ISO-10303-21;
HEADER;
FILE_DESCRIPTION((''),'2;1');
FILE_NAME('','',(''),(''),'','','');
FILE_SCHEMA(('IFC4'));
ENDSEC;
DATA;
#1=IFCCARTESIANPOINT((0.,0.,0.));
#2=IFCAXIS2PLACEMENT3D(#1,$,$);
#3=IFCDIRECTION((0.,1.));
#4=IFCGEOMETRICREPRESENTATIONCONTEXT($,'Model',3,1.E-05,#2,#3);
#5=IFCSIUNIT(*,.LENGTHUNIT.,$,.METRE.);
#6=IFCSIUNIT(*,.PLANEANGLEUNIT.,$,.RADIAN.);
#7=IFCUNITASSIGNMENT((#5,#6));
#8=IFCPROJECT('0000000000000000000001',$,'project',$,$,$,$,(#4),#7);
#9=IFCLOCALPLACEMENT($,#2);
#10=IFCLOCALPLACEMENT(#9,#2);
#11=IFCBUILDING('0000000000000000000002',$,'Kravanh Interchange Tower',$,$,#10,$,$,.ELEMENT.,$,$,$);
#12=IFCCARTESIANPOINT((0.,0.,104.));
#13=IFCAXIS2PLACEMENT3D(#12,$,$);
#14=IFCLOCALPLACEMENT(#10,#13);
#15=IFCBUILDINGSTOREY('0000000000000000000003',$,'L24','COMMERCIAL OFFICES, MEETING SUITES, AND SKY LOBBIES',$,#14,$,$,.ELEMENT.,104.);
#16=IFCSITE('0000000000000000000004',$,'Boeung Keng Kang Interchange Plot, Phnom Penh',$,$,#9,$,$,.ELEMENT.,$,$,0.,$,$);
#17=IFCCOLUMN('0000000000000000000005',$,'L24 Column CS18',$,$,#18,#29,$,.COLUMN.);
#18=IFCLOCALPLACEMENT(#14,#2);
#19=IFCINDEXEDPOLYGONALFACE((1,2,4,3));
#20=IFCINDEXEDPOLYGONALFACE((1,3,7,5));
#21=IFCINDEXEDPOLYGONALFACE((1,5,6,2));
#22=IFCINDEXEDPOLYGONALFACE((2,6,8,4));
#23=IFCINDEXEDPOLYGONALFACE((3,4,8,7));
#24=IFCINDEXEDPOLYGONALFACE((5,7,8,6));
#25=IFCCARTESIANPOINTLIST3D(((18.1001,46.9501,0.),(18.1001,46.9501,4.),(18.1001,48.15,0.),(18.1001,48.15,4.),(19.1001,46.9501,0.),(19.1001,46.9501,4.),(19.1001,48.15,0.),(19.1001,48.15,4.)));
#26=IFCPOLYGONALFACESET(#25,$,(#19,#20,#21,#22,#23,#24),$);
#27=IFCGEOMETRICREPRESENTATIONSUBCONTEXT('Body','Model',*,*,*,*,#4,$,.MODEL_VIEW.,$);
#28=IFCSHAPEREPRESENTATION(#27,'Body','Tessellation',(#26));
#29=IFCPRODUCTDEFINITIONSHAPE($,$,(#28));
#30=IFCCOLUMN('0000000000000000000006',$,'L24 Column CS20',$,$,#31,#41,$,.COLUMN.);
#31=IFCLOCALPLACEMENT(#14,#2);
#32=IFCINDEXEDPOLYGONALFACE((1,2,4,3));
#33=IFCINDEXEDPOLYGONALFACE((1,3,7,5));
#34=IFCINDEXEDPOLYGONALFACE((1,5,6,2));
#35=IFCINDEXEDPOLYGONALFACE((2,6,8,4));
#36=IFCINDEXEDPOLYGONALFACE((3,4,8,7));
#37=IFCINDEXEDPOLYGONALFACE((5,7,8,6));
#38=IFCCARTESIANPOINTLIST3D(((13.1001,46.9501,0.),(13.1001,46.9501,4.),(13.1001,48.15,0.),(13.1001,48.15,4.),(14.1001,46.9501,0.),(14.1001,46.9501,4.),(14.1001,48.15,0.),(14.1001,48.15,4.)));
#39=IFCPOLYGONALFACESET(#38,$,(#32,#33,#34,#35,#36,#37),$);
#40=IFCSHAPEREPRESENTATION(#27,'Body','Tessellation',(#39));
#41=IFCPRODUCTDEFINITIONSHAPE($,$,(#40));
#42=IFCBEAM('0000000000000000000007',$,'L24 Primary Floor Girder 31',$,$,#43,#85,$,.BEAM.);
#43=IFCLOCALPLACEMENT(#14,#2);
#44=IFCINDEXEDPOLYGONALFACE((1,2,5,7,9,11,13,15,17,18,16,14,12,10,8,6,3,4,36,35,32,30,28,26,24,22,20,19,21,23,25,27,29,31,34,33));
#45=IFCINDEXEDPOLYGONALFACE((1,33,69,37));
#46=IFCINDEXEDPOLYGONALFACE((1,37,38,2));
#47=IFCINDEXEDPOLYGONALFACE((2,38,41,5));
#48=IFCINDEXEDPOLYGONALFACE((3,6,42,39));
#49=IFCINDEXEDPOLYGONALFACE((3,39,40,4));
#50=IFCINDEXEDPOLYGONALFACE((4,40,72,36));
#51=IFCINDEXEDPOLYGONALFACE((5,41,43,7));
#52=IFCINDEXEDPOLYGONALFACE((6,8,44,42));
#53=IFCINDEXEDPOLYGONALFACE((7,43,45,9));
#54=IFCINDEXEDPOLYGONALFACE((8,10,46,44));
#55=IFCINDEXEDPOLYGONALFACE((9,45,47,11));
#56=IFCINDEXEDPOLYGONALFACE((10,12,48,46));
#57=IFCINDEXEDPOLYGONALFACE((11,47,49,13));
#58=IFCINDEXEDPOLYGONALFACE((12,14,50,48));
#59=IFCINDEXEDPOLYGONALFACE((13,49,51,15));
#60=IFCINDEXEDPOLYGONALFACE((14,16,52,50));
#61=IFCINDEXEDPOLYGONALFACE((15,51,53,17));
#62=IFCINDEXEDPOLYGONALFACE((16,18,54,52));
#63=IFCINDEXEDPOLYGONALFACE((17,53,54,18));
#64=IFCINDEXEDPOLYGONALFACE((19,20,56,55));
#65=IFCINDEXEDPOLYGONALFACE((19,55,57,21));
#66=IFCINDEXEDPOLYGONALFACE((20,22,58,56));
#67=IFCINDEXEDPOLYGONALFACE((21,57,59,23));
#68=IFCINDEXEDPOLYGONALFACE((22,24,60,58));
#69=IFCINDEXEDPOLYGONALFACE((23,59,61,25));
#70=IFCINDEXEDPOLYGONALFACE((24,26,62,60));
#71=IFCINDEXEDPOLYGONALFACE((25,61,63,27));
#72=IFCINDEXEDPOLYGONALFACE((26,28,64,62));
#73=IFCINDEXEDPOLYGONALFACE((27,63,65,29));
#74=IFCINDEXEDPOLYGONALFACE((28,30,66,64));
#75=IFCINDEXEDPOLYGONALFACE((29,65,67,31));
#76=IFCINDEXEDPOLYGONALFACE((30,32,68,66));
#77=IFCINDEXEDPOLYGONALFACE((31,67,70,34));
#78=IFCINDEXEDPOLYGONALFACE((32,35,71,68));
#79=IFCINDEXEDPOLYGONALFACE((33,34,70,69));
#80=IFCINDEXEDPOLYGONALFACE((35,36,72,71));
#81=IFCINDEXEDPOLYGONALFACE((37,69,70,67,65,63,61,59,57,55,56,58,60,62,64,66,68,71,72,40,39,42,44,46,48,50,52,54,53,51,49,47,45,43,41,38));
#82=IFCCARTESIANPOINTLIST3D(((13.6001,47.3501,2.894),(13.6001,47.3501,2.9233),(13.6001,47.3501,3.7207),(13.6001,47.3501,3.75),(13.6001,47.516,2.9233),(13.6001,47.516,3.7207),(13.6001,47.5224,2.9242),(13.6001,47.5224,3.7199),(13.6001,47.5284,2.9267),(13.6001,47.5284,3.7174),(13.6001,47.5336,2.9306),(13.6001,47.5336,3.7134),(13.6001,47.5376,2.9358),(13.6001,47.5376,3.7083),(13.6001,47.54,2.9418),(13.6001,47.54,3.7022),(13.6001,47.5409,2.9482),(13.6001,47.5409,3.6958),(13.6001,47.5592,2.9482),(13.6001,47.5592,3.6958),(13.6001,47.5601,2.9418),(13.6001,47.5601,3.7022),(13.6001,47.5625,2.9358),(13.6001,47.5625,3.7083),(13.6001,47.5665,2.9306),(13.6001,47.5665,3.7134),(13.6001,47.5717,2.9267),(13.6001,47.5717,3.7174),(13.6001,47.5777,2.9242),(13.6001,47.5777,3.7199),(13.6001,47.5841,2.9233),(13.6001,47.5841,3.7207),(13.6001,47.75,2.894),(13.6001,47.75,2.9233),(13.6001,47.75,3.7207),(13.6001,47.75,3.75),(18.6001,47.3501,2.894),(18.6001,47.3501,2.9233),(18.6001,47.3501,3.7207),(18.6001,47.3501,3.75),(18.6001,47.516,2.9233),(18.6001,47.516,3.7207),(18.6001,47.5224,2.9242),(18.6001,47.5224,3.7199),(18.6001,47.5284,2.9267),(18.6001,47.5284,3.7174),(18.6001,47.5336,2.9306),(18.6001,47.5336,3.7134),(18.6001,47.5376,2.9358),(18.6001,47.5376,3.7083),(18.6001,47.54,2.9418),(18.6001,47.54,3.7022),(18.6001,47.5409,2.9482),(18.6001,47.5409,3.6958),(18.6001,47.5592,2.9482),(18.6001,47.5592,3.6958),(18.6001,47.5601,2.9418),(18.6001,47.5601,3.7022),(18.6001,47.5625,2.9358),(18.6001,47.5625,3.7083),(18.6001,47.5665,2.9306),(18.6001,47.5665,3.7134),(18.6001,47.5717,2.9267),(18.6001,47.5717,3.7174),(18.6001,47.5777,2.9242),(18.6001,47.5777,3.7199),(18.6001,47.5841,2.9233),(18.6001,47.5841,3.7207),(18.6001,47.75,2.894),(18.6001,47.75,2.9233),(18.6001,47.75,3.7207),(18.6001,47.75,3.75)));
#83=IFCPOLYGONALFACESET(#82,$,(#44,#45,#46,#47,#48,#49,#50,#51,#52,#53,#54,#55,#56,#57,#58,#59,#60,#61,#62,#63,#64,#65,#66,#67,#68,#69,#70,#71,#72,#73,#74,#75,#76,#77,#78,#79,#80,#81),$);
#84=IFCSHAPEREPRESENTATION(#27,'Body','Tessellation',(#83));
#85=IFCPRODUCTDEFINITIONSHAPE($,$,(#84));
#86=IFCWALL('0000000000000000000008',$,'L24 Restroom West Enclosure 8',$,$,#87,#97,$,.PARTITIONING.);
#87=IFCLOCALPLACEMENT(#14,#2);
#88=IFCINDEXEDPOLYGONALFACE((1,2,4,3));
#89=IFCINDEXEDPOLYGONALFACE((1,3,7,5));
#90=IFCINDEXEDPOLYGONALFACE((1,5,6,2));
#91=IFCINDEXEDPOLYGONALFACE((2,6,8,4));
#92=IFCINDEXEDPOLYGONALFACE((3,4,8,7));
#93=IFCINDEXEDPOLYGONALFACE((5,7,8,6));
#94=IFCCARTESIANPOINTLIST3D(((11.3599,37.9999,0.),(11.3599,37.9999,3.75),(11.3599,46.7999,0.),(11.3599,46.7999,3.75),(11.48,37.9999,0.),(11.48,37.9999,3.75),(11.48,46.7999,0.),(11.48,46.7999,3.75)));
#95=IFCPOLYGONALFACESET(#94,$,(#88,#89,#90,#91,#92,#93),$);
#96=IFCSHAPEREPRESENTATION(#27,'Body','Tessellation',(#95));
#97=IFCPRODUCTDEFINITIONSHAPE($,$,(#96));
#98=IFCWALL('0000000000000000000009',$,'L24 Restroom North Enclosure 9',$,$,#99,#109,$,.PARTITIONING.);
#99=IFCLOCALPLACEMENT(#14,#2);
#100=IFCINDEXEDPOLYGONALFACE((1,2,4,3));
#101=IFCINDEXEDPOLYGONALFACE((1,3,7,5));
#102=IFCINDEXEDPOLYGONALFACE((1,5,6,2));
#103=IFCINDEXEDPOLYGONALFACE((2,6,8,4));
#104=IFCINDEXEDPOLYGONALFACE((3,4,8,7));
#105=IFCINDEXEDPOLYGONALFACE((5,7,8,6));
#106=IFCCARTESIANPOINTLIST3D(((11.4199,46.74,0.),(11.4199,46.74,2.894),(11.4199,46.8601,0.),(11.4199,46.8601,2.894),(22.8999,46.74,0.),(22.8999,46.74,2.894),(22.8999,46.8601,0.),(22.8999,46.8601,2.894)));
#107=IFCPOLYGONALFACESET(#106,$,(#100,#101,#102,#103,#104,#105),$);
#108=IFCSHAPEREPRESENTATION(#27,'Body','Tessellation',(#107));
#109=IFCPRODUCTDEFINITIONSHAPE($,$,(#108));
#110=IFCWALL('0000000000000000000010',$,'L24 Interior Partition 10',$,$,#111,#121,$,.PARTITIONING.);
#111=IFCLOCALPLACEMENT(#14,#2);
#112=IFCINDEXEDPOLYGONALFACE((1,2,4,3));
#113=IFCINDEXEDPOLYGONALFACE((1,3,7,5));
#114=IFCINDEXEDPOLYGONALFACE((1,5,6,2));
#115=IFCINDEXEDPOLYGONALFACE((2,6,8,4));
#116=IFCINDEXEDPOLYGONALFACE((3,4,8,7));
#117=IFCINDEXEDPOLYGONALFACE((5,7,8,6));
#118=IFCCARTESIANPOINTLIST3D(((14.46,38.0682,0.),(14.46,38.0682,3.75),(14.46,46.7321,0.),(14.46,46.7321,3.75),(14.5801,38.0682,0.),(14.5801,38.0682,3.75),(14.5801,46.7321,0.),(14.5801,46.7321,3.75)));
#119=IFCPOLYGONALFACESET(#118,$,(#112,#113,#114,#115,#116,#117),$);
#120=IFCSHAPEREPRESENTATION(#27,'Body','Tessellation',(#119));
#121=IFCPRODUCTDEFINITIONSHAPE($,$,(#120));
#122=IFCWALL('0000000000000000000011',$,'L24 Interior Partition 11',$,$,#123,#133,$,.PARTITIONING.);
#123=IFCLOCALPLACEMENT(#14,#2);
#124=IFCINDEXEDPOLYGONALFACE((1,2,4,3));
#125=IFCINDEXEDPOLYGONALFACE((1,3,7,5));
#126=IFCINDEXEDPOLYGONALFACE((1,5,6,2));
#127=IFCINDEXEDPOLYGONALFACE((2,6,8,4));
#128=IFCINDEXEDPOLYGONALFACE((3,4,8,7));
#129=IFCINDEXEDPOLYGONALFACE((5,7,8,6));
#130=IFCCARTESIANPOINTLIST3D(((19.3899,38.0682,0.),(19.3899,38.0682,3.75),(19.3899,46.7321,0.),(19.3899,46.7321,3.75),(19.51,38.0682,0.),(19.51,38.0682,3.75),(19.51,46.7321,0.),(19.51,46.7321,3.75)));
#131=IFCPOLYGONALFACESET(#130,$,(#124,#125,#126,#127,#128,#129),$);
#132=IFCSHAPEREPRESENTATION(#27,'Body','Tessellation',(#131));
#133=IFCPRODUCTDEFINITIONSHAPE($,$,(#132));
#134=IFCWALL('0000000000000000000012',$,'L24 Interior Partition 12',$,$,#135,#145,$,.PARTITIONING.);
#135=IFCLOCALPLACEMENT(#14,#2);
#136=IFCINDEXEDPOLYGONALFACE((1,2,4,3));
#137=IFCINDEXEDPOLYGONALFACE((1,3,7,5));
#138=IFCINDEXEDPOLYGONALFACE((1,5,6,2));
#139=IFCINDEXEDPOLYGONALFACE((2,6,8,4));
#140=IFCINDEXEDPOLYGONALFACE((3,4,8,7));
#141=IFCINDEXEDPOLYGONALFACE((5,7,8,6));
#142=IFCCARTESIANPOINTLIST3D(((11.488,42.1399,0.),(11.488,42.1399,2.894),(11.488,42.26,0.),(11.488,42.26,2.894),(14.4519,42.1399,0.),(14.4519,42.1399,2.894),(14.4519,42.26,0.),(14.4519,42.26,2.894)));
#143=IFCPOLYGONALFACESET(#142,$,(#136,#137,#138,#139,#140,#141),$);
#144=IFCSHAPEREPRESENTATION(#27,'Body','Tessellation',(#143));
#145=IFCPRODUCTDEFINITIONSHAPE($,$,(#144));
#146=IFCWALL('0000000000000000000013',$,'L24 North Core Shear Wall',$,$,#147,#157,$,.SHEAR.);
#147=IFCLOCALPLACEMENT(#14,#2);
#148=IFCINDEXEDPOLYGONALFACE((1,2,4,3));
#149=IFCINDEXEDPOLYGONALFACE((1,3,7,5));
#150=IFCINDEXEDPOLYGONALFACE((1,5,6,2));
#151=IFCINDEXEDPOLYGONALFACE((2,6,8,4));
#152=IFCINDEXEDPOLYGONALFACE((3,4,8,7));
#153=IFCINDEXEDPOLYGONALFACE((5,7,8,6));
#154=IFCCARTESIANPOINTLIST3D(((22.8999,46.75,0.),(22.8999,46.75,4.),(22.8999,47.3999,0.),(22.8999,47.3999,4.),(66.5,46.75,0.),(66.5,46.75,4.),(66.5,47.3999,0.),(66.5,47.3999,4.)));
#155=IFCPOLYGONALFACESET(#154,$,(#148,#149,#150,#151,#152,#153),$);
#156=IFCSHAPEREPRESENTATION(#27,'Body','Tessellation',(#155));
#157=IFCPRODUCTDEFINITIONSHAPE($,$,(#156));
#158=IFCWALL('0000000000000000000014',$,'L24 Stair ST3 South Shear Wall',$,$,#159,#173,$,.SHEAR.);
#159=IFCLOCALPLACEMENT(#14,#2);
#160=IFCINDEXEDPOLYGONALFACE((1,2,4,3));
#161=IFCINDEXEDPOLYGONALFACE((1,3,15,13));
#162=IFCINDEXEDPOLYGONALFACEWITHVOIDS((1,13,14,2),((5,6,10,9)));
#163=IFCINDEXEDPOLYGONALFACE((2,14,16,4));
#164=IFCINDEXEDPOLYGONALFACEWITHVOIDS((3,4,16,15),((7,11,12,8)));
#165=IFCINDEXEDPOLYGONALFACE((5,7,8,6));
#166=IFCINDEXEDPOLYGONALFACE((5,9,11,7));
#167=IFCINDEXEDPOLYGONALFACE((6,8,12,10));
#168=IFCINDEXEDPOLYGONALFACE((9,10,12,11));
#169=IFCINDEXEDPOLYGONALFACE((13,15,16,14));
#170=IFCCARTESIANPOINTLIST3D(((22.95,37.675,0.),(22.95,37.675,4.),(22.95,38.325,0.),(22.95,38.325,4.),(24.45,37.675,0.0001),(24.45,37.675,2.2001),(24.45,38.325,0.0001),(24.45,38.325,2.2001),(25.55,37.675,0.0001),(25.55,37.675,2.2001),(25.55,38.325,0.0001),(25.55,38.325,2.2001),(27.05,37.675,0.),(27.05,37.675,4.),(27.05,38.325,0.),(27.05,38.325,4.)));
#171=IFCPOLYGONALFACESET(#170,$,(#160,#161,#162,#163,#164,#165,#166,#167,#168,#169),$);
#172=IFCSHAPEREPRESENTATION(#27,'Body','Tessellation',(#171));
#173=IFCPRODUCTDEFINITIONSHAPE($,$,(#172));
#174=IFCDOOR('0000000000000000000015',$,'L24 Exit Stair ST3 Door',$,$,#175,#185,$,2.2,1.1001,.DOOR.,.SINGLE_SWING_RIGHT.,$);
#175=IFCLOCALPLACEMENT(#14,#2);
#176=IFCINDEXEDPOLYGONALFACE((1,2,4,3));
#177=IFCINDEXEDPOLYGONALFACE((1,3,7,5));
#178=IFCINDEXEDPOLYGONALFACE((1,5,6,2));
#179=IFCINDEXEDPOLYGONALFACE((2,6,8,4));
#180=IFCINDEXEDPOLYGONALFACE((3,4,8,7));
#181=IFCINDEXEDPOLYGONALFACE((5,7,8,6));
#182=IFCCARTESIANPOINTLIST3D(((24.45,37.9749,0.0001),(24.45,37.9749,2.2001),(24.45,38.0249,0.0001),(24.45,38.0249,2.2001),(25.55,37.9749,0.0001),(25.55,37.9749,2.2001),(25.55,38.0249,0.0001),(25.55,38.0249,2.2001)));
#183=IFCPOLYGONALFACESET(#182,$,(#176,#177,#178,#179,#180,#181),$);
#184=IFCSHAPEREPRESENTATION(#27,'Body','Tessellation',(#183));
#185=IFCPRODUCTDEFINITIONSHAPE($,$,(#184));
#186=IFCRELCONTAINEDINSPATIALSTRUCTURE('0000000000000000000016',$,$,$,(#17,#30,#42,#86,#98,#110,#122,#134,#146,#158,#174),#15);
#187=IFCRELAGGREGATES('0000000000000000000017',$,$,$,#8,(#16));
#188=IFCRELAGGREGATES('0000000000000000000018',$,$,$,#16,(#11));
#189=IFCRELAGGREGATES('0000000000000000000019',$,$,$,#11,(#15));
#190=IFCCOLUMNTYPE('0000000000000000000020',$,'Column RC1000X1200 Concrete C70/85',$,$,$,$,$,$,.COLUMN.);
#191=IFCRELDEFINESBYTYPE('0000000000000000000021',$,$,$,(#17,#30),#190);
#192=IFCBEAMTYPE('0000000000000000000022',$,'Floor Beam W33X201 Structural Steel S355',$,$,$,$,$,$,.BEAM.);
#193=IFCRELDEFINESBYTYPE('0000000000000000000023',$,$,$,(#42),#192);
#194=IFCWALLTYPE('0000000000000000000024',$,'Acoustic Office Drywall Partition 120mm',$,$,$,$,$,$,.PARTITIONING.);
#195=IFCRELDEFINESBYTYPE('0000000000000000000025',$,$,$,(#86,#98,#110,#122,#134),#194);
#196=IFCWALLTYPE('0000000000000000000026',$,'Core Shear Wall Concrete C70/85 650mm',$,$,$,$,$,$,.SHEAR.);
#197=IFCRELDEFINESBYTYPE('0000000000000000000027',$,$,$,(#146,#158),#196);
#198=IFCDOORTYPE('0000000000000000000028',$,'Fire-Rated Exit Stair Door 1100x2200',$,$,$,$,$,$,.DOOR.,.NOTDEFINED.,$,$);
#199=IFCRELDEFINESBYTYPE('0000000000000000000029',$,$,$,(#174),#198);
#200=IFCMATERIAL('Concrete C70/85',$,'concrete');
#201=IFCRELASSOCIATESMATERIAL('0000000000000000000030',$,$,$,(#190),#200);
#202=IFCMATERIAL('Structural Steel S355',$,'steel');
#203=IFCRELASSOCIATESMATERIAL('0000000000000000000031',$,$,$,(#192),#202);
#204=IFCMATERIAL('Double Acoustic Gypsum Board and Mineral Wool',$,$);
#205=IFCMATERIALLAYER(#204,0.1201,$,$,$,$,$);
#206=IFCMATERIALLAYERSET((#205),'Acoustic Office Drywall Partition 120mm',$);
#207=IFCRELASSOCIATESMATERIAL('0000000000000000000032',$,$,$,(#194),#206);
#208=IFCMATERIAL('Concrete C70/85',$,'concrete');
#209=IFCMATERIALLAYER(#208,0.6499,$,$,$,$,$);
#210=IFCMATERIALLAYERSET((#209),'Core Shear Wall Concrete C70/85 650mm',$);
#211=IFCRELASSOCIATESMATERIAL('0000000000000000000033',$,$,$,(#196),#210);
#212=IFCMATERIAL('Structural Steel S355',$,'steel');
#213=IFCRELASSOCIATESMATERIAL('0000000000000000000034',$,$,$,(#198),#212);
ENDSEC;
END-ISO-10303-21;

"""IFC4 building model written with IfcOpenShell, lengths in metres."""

from ifc_helpers import new_model, si_unit, direction, frame, frame_2d, origin, origin_2d, place, context, subcontext, project, spatial, rectangle, i_section, extrude, material, layer, layer_set, material_profile, profile_set, type_object, element, fill, save


model = new_model("IFC4")

# Units and contexts
model_context = context("Model", 3, precision=1e-05, world=origin(), true_north=direction((0.0, 1.0)))
body_context = subcontext(model_context, "Body", "Model", "MODEL_VIEW")
ifc_project = project(units=[si_unit("LENGTHUNIT", "METRE"), si_unit("PLANEANGLEUNIT", "RADIAN")], contexts=[model_context])

# Site, building, storey
site_placement = place(None, origin())
site = spatial("IfcSite", under=ifc_project, at=site_placement, Name="Boeung Keng Kang Interchange Plot, Phnom Penh", CompositionType="ELEMENT", RefElevation=0.0)
building_placement = place(site_placement, origin())
building = spatial("IfcBuilding", under=site, at=building_placement, Name="Kravanh Interchange Tower", CompositionType="ELEMENT")
storey_placement = place(building_placement, frame((0.0, 0.0, 104.0)))
storey = spatial("IfcBuildingStorey", under=building, at=storey_placement, Name="L24", Description="COMMERCIAL OFFICES, MEETING SUITES, AND SKY LOBBIES", CompositionType="ELEMENT", Elevation=104.0)

# Columns
ifc_material_1 = material(Name="Concrete C70/85", Category="concrete")
ifc_material_profile_1 = material_profile(ifc_material_1, rectangle(XDim=1.0, YDim=1.2, at=origin_2d()), Name="RC1000X1200")
ifc_profile_set_1 = profile_set([ifc_material_profile_1], Name="Concrete C70/85")
column_type = type_object("IfcColumnType", Name="Column RC1000X1200 Concrete C70/85", PredefinedType="COLUMN", material=ifc_profile_set_1)
for number, where, z_axis, x_axis, name in (
    (1, (18.6001, 47.55, 0.0), (0.0, 0.0, 1.0), (1.0, 0.0, 0.0), "L24 Column CS18"),
    (2, (13.6001, 47.55, 0.0), (0.0, 0.0, 1.0), (1.0, 0.0, 0.0), "L24 Column CS20"),
):
    element("IfcColumn", number, at=place(storey_placement, frame(where, z_axis=z_axis, x_axis=x_axis)), inside=storey, type_object=column_type, Name=name, PredefinedType="COLUMN", context=body_context, shape_type="SweptSolid", body=[
        extrude(rectangle(XDim=1.0, YDim=1.2, at=origin_2d()), origin(), (0.0, 0.0, 1.0), 4.0),
    ])

# Beam
ifc_material_2 = material(Name="Structural Steel S355", Category="steel")
ifc_material_profile_2 = material_profile(ifc_material_2, i_section(OverallWidth=0.3999, OverallDepth=0.856, WebThickness=0.0183, FlangeThickness=0.0293, FilletRadius=0.0249, at=origin_2d()), Name="W33X201")
ifc_profile_set_2 = profile_set([ifc_material_profile_2], Name="Structural Steel S355")
beam_type = type_object("IfcBeamType", Name="Floor Beam W33X201 Structural Steel S355", PredefinedType="BEAM", material=ifc_profile_set_2)
beam_placement = place(storey_placement, frame((18.6001, 47.55, 3.322), z_axis=(-1.0, 0.0, 0.0), x_axis=(0.0, -1.0, 0.0)))
element("IfcBeam", 3, at=beam_placement, inside=storey, type_object=beam_type, Name="L24 Primary Floor Girder 31", PredefinedType="BEAM", context=body_context, shape_type="SweptSolid", body=[
    extrude(i_section(OverallWidth=0.3999, OverallDepth=0.856, WebThickness=0.0183, FlangeThickness=0.0293, FilletRadius=0.0249, at=origin_2d()), origin(), (0.0, 0.0, 1.0), 5.0),
])

# Walls
ifc_material_3 = material(Name="Double Acoustic Gypsum Board and Mineral Wool")
ifc_layer_1 = layer(ifc_material_3, 0.1201)
ifc_layer_set_1 = layer_set([ifc_layer_1], Name="Acoustic Office Drywall Partition 120mm")
wall_type_1 = type_object("IfcWallType", Name="Acoustic Office Drywall Partition 120mm", PredefinedType="PARTITIONING", material=ifc_layer_set_1)
wall_1_placement = place(storey_placement, frame((11.4199, 38.0, 0.0), z_axis=(0.0, 0.0, 1.0), x_axis=(0.0, 1.0, 0.0)))
element("IfcWall", 4, at=wall_1_placement, inside=storey, type_object=wall_type_1, Name="L24 Restroom West Enclosure 8", PredefinedType="PARTITIONING", context=body_context, shape_type="SweptSolid", body=[
    extrude(rectangle(XDim=8.8, YDim=0.1201, at=frame_2d((4.3999, 0.0))), origin(), (0.0, 0.0, 1.0), 3.75),
])
wall_2_placement = place(storey_placement, frame((11.4199, 46.8, 0.0), z_axis=(0.0, 0.0, 1.0), x_axis=(1.0, 0.0, 0.0)))
element("IfcWall", 5, at=wall_2_placement, inside=storey, type_object=wall_type_1, Name="L24 Restroom North Enclosure 9", PredefinedType="PARTITIONING", context=body_context, shape_type="SweptSolid", body=[
    extrude(rectangle(XDim=11.48, YDim=0.1201, at=frame_2d((5.74, 0.0))), origin(), (0.0, 0.0, 1.0), 2.894),
])
for number, where, z_axis, x_axis, name in (
    (6, (14.52, 38.0681, 0.0), (0.0, 0.0, 1.0), (0.0, 1.0, 0.0), "L24 Interior Partition 10"),
    (7, (19.45, 38.0681, 0.0), (0.0, 0.0, 1.0), (0.0, 1.0, 0.0), "L24 Interior Partition 11"),
):
    element("IfcWall", number, at=place(storey_placement, frame(where, z_axis=z_axis, x_axis=x_axis)), inside=storey, type_object=wall_type_1, Name=name, PredefinedType="PARTITIONING", context=body_context, shape_type="SweptSolid", body=[
        extrude(rectangle(XDim=8.6638, YDim=0.1201, at=frame_2d((4.332, 0.0))), origin(), (0.0, 0.0, 1.0), 3.75),
    ])
wall_3_placement = place(storey_placement, frame((11.488, 42.2, 0.0), z_axis=(0.0, 0.0, 1.0), x_axis=(1.0, 0.0, 0.0)))
element("IfcWall", 8, at=wall_3_placement, inside=storey, type_object=wall_type_1, Name="L24 Interior Partition 12", PredefinedType="PARTITIONING", context=body_context, shape_type="SweptSolid", body=[
    extrude(rectangle(XDim=2.9639, YDim=0.1201, at=frame_2d((1.4819, 0.0))), origin(), (0.0, 0.0, 1.0), 2.894),
])
ifc_material_4 = material(Name="Concrete C70/85", Category="concrete")
ifc_layer_2 = layer(ifc_material_4, 0.6499)
ifc_layer_set_2 = layer_set([ifc_layer_2], Name="Core Shear Wall Concrete C70/85 650mm")
wall_type_2 = type_object("IfcWallType", Name="Core Shear Wall Concrete C70/85 650mm", PredefinedType="SHEAR", material=ifc_layer_set_2)
wall_4_placement = place(storey_placement, frame((22.8999, 47.075, 0.0), z_axis=(0.0, 0.0, 1.0), x_axis=(1.0, 0.0, 0.0)))
element("IfcWall", 9, at=wall_4_placement, inside=storey, type_object=wall_type_2, Name="L24 North Core Shear Wall", PredefinedType="SHEAR", context=body_context, shape_type="SweptSolid", body=[
    extrude(rectangle(XDim=43.6001, YDim=0.6499, at=frame_2d((21.8, 0.0))), origin(), (0.0, 0.0, 1.0), 4.0),
])

# Wall, opening, door
wall_5_placement = place(storey_placement, frame((22.95, 38.0, 0.0), z_axis=(0.0, 0.0, 1.0), x_axis=(1.0, 0.0, 0.0)))
wall_5 = element("IfcWall", 10, at=wall_5_placement, inside=storey, type_object=wall_type_2, Name="L24 Stair ST3 South Shear Wall", PredefinedType="SHEAR", context=body_context, shape_type="SweptSolid", body=[
    extrude(rectangle(XDim=4.1001, YDim=0.6499, at=frame_2d((2.05, 0.0))), origin(), (0.0, 0.0, 1.0), 4.0),
])
opening_1_placement = place(wall_5_placement, frame((1.5, 0.0, 0.0)))
opening_1 = element("IfcOpeningElement", 11, at=opening_1_placement, cuts=wall_5, PredefinedType="OPENING", context=body_context, shape_type="SweptSolid", body=[
    extrude(rectangle(XDim=1.1001, YDim=2.2, at=frame_2d((0.55, 1.1001))), frame((0.0, 0.335, 0.0), z_axis=(0.0, -1.0, 0.0), x_axis=(1.0, 0.0, 0.0)), (0.0, 0.0, 1.0), 0.6699),
])
ifc_material_5 = material(Name="Structural Steel S355", Category="steel")
door_type = type_object("IfcDoorType", Name="Fire-Rated Exit Stair Door 1100x2200", OperationType="NOTDEFINED", PredefinedType="DOOR", material=ifc_material_5)
door_placement = place(opening_1_placement, origin())
door = element("IfcDoor", 12, at=door_placement, inside=storey, type_object=door_type, Name="L24 Exit Stair ST3 Door", OperationType="SINGLE_SWING_RIGHT", OverallHeight=2.2, OverallWidth=1.1001, PredefinedType="DOOR", context=body_context, shape_type="SweptSolid", body=[
    extrude(rectangle(XDim=1.1001, YDim=2.2, at=frame_2d((0.55, 1.1001))), frame((0.0, 0.0249, 0.0), z_axis=(0.0, -1.0, 0.0), x_axis=(1.0, 0.0, 0.0)), (0.0, 0.0, 1.0), 0.05),
])
fill(opening_1, door)

save(model, "model.ifc")
